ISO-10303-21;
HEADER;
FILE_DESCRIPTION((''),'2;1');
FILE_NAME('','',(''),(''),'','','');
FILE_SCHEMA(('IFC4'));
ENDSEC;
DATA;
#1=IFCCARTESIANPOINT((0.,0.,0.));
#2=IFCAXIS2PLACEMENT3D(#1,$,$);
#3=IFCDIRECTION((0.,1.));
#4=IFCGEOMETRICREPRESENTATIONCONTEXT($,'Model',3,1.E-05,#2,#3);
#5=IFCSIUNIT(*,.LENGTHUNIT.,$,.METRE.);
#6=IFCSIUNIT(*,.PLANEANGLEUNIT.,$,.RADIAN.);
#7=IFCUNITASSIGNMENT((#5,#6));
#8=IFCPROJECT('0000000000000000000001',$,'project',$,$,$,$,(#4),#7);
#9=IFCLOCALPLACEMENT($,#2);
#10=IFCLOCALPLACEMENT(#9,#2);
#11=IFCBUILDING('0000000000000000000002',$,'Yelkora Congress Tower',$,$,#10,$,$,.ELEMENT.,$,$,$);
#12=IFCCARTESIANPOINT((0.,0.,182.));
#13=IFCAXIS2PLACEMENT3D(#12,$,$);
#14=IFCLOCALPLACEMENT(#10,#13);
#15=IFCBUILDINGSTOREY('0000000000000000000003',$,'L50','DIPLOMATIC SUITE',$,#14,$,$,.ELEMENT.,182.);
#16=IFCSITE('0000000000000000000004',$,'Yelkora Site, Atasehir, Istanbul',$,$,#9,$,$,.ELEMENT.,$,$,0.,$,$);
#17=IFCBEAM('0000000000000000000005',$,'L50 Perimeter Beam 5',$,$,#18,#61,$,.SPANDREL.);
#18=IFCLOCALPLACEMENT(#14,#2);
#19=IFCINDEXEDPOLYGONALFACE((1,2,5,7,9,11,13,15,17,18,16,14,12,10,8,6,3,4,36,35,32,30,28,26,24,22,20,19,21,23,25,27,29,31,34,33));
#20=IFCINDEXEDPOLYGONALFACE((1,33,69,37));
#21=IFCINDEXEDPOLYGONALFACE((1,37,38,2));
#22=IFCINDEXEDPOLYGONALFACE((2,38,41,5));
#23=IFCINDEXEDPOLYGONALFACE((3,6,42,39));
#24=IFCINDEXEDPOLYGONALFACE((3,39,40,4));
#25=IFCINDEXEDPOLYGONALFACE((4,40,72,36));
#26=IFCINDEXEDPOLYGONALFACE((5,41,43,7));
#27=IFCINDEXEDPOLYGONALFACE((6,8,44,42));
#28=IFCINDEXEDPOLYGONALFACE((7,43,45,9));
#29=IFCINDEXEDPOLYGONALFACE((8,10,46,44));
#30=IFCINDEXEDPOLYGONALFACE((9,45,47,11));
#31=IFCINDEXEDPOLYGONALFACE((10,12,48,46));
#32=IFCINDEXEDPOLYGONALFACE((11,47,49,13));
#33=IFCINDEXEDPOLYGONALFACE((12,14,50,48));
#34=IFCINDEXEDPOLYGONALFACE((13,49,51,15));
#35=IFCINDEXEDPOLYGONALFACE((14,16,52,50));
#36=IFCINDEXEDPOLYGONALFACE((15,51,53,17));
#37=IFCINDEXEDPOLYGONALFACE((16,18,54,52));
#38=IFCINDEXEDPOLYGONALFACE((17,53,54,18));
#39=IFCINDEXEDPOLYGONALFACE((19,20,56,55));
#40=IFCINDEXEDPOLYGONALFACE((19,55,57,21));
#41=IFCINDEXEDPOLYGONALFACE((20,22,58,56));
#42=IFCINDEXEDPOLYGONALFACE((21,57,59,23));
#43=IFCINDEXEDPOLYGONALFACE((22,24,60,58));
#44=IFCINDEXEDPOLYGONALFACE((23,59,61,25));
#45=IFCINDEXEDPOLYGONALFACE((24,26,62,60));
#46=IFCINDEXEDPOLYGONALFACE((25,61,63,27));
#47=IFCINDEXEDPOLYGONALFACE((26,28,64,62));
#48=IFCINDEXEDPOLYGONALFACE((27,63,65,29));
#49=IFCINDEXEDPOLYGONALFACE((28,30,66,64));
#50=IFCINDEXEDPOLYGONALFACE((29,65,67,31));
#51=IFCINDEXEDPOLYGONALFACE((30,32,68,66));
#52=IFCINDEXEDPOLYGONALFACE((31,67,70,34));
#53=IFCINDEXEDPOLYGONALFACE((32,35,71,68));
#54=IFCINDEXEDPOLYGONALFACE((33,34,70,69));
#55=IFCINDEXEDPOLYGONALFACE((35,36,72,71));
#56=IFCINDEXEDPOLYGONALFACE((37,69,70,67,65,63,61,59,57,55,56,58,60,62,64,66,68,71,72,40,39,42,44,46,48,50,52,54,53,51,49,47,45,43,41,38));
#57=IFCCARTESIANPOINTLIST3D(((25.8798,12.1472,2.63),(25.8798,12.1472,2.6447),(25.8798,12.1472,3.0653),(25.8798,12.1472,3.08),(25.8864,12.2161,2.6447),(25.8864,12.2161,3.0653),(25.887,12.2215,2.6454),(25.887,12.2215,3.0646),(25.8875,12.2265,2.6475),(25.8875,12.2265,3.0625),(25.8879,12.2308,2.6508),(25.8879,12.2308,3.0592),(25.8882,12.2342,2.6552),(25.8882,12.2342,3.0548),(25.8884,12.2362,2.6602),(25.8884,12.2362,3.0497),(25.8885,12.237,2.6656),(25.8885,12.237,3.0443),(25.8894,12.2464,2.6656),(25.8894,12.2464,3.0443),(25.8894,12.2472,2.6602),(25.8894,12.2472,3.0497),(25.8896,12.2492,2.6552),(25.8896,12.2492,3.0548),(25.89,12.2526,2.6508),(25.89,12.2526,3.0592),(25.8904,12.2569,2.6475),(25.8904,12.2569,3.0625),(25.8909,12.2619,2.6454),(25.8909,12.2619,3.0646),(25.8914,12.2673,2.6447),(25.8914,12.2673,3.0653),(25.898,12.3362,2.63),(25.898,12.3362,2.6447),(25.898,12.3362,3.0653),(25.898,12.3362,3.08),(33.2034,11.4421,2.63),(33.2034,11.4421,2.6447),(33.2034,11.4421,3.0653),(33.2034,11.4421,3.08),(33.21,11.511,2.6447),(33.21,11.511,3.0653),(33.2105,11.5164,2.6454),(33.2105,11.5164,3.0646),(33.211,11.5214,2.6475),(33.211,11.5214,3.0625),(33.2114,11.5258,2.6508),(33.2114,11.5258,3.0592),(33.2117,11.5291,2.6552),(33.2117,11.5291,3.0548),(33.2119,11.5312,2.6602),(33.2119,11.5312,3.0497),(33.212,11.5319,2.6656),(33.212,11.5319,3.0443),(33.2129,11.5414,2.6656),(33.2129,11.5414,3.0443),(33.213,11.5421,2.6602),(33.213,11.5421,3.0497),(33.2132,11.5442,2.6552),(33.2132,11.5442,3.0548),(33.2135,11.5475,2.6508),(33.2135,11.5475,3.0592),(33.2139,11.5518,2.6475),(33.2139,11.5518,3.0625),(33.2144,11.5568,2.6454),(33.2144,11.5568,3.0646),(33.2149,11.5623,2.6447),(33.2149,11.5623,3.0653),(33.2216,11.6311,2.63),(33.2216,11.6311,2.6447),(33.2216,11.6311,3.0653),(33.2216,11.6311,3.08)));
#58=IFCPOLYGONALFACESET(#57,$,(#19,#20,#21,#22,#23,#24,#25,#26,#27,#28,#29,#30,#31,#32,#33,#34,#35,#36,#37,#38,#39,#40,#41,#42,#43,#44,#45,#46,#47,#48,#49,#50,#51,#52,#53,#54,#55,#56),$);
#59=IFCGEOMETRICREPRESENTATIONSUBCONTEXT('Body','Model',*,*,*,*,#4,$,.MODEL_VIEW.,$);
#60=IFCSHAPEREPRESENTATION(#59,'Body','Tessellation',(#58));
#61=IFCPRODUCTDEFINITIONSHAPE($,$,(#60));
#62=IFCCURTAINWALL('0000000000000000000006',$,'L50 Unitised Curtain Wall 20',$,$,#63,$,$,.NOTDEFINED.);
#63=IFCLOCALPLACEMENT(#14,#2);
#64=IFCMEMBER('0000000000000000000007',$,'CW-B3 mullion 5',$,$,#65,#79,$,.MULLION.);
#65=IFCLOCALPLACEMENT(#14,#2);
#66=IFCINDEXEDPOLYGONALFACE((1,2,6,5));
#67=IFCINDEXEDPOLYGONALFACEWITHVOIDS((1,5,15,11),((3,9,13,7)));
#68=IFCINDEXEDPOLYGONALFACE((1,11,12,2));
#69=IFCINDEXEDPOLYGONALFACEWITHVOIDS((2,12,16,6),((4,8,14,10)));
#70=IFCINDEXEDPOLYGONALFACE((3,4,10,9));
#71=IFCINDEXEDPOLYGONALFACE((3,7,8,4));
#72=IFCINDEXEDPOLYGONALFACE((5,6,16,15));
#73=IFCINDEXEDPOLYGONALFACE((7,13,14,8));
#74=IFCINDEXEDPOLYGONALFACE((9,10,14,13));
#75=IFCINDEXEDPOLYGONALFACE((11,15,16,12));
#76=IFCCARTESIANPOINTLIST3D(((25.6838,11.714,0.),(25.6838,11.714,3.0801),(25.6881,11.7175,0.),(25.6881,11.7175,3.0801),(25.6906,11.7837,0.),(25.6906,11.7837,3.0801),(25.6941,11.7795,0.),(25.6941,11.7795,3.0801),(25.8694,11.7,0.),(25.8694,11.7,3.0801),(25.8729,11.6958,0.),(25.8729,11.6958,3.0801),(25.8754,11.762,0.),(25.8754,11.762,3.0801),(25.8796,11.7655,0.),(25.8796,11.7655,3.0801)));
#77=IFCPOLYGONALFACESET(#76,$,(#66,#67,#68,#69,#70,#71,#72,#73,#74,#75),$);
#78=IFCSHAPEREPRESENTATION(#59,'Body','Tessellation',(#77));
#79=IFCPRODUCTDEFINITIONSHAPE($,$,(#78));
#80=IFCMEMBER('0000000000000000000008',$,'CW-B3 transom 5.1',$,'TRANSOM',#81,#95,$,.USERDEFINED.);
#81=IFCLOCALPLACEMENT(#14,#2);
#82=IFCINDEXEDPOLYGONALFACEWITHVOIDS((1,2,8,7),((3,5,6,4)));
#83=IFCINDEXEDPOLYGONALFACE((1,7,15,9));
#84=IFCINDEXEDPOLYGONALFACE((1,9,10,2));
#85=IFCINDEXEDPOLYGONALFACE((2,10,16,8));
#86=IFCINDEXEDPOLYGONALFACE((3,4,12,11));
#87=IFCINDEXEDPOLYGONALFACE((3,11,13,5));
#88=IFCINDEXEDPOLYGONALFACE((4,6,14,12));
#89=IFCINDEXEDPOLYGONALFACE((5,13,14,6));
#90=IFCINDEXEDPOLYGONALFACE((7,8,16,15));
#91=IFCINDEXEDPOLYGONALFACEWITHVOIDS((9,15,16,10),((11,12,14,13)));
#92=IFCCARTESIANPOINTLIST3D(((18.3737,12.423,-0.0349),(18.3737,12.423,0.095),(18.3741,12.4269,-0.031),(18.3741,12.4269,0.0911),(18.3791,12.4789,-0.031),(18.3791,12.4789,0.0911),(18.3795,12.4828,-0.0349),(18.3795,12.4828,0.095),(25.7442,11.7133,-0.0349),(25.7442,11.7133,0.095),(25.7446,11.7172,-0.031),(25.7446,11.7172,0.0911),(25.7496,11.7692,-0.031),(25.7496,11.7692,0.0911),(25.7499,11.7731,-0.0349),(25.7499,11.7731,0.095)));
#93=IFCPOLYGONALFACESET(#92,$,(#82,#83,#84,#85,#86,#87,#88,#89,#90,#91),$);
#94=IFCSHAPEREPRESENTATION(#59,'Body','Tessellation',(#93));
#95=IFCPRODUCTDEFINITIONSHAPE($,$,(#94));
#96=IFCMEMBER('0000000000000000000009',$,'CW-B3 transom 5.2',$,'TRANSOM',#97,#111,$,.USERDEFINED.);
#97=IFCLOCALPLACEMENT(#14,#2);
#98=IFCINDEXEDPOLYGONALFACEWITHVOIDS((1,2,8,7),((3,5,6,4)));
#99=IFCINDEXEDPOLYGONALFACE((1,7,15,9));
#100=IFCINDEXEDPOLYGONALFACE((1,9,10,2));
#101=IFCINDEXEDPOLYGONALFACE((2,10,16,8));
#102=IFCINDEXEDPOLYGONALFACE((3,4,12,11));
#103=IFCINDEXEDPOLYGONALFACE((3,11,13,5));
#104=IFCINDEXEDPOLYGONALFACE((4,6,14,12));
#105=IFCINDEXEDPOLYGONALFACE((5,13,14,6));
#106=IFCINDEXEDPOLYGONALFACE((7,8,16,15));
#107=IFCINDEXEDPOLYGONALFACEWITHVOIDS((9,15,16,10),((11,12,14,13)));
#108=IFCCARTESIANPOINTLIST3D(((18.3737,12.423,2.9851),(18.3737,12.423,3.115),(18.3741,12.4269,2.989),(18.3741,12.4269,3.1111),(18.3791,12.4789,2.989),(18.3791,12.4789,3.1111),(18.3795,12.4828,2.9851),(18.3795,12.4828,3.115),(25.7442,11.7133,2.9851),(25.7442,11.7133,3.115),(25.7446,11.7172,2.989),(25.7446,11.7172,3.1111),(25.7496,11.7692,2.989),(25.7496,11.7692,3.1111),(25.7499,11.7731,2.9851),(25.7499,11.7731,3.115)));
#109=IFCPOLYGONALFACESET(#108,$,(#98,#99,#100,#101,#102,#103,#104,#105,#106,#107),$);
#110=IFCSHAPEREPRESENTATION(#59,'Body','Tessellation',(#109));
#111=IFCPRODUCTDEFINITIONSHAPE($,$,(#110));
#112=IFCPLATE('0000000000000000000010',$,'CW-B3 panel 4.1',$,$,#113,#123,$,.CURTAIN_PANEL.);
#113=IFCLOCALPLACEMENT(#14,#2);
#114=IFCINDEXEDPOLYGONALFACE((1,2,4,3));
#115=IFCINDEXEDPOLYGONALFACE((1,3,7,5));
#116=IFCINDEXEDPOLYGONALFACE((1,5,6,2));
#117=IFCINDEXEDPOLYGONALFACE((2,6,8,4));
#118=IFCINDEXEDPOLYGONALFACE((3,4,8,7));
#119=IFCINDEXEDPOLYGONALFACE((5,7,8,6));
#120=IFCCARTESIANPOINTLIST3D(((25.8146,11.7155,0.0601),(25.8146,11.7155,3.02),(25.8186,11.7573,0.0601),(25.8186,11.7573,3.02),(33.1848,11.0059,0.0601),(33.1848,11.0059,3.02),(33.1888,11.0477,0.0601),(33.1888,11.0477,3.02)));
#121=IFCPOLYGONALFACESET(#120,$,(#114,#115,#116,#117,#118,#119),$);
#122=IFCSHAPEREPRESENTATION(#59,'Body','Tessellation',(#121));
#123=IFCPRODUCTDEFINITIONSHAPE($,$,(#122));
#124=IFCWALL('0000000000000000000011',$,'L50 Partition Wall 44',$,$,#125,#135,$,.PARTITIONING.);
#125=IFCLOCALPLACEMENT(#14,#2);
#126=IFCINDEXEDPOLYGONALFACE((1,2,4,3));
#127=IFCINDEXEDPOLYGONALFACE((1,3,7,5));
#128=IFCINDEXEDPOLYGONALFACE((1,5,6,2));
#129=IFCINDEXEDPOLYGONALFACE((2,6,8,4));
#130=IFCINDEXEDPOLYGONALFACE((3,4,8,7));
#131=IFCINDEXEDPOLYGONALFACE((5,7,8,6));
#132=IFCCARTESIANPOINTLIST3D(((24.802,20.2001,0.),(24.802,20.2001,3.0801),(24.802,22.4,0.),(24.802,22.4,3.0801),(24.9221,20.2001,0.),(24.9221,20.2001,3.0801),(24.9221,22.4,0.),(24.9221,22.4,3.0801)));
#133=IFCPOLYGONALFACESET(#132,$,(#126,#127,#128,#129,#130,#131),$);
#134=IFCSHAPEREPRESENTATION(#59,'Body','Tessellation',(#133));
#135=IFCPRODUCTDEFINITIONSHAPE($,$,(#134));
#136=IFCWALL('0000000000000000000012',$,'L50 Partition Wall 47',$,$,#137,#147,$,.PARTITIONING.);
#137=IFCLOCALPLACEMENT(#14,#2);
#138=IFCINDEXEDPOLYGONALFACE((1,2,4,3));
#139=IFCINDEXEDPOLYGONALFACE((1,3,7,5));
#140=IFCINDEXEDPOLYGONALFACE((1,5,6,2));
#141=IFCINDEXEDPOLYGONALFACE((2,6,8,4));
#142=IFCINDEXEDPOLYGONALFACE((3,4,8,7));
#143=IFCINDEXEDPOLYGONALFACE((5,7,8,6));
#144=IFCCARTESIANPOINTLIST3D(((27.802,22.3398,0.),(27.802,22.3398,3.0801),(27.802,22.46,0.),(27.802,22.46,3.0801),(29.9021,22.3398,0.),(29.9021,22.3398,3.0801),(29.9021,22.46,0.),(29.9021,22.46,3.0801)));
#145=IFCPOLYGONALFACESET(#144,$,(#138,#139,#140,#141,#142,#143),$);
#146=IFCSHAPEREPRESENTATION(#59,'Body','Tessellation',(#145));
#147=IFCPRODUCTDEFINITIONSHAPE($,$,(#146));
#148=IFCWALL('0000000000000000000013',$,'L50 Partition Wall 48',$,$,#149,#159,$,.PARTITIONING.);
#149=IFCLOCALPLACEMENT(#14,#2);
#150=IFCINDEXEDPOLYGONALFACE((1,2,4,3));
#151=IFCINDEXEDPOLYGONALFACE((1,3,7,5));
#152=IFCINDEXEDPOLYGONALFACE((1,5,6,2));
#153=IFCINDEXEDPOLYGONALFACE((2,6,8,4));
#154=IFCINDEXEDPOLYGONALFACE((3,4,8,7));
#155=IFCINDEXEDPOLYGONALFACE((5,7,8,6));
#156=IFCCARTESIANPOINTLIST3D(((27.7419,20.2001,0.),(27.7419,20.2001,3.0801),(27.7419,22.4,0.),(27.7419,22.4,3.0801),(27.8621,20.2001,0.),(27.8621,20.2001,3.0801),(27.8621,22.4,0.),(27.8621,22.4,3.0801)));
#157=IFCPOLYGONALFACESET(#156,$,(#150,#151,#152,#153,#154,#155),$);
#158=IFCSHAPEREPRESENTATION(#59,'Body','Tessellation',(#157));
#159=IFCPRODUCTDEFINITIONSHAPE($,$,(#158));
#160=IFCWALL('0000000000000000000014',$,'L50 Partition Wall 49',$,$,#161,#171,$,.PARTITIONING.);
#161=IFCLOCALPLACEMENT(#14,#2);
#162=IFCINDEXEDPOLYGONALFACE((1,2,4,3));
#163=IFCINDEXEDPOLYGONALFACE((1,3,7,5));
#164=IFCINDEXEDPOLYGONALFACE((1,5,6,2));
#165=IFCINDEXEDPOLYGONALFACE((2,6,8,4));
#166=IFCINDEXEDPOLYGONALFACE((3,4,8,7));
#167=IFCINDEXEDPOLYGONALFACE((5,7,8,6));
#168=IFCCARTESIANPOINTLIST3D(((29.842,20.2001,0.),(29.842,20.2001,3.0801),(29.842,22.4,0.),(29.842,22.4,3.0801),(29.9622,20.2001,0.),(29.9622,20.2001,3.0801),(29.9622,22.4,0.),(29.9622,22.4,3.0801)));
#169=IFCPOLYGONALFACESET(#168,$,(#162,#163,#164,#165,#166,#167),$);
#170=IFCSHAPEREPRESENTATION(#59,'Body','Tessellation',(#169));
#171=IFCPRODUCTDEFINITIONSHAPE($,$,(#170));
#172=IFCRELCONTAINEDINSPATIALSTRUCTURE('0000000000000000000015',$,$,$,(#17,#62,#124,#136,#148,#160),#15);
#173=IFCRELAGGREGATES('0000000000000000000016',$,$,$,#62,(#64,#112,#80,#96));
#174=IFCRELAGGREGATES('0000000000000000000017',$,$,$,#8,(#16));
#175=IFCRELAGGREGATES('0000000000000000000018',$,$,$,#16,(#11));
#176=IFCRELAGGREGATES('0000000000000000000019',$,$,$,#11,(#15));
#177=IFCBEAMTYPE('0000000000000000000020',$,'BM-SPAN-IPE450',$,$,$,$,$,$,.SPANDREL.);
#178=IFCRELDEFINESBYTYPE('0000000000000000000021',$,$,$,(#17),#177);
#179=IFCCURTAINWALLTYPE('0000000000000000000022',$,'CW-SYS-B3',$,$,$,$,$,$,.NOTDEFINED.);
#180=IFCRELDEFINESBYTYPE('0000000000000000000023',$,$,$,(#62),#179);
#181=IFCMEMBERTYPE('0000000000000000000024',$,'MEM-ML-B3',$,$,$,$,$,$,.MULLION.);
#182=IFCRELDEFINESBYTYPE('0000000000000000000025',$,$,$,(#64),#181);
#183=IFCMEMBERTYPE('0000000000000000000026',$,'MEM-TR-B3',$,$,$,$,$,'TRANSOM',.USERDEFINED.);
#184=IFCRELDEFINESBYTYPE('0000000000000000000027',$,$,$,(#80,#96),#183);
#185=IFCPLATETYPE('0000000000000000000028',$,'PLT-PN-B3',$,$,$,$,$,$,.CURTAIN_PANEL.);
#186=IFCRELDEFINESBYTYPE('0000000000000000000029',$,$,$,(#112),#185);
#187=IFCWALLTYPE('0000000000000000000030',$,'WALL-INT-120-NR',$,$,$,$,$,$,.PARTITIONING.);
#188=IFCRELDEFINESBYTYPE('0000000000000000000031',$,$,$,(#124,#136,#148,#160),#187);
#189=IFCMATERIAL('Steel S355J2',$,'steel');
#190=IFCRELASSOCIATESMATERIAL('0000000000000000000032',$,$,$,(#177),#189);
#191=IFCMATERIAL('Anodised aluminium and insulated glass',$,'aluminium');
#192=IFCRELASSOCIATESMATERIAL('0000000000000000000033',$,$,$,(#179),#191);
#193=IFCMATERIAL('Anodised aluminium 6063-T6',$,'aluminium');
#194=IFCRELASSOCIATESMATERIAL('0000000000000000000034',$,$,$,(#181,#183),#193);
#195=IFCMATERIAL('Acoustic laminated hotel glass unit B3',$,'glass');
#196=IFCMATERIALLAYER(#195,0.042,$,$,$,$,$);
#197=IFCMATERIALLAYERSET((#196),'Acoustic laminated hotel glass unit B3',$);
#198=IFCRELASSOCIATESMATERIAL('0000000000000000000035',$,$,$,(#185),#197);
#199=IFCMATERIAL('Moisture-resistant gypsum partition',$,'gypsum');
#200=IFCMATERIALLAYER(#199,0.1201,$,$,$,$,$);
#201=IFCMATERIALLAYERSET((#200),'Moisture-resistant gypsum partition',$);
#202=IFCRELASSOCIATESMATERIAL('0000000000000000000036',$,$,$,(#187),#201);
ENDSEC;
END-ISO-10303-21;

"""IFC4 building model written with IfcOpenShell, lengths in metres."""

from ifc_helpers import new_model, si_unit, direction, frame, frame_2d, origin, origin_2d, place, context, subcontext, project, spatial, rectangle, hollow_rectangle, i_section, extrude, material, layer, layer_set, material_profile, profile_set, type_object, element, aggregate, save


model = new_model("IFC4")

# Units and contexts
model_context = context("Model", 3, precision=1e-05, world=origin(), true_north=direction((0.0, 1.0)))
body_context = subcontext(model_context, "Body", "Model", "MODEL_VIEW")
ifc_project = project(units=[si_unit("LENGTHUNIT", "METRE"), si_unit("PLANEANGLEUNIT", "RADIAN")], contexts=[model_context])

# Site, building, storey
site_placement = place(None, origin())
site = spatial("IfcSite", under=ifc_project, at=site_placement, Name="Yelkora Site, Atasehir, Istanbul", CompositionType="ELEMENT", RefElevation=0.0)
building_placement = place(site_placement, origin())
building = spatial("IfcBuilding", under=site, at=building_placement, Name="Yelkora Congress Tower", CompositionType="ELEMENT")
storey_placement = place(building_placement, frame((0.0, 0.0, 182.0)))
storey = spatial("IfcBuildingStorey", under=building, at=storey_placement, Name="L50", Description="DIPLOMATIC SUITE", CompositionType="ELEMENT", Elevation=182.0)

# Beam
ifc_material_1 = material(Name="Steel S355J2", Category="steel")
ifc_material_profile_1 = material_profile(ifc_material_1, i_section(OverallWidth=0.1899, OverallDepth=0.45, WebThickness=0.0095, FlangeThickness=0.0146, FilletRadius=0.021, at=origin_2d()), Name="IPE 450")
ifc_profile_set_1 = profile_set([ifc_material_profile_1], Name="Steel S355J2")
beam_type_1 = type_object("IfcBeamType", Name="BM-SPAN-IPE450", PredefinedType="SPANDREL", material=ifc_profile_set_1)
beam_1_placement = place(storey_placement, frame((25.8889, 12.2417, 2.855), z_axis=(0.995397, -0.095833, 0.0), x_axis=(0.095833, 0.995397, 0.0)))
element("IfcBeam", 1, at=beam_1_placement, inside=storey, type_object=beam_type_1, Name="L50 Perimeter Beam 5", PredefinedType="SPANDREL", context=body_context, shape_type="SweptSolid", body=[
    extrude(i_section(OverallWidth=0.1899, OverallDepth=0.45, WebThickness=0.0095, FlangeThickness=0.0146, FilletRadius=0.021, at=origin_2d()), origin(), (0.0, 0.0, 1.0), 7.3574),
])

# Curtain wall, members, plate
ifc_material_2 = material(Name="Anodised aluminium and insulated glass", Category="aluminium")
curtain_wall_type = type_object("IfcCurtainWallType", Name="CW-SYS-B3", PredefinedType="NOTDEFINED", material=ifc_material_2)
curtain_wall_placement = place(storey_placement, origin())
curtain_wall = element("IfcCurtainWall", 2, at=curtain_wall_placement, inside=storey, type_object=curtain_wall_type, Name="L50 Unitised Curtain Wall 20", PredefinedType="NOTDEFINED")
ifc_material_3 = material(Name="Anodised aluminium 6063-T6", Category="aluminium")
ifc_material_profile_2 = material_profile(ifc_material_3, hollow_rectangle(XDim=0.0701, YDim=0.1899, WallThickness=0.0039, at=origin_2d()), Name="ALU 70x190x4")
ifc_profile_set_2 = profile_set([ifc_material_profile_2], Name="Anodised aluminium 6063-T6")
member_type_1 = type_object("IfcMemberType", Name="MEM-ML-B3", PredefinedType="MULLION", material=ifc_profile_set_2)
member_1_placement = place(storey_placement, frame((25.7817, 11.7397, 0.0), z_axis=(0.0, 0.0, 1.0), x_axis=(-0.095845, -0.995396, 0.0)))
member_1 = element("IfcMember", 3, at=member_1_placement, type_object=member_type_1, Name="CW-B3 mullion 5", PredefinedType="MULLION", context=body_context, shape_type="SweptSolid", body=[
    extrude(hollow_rectangle(XDim=0.0701, YDim=0.1899, WallThickness=0.0039, at=origin_2d()), origin(), (0.0, 0.0, 1.0), 3.0801),
])
ifc_material_profile_3 = material_profile(ifc_material_3, hollow_rectangle(XDim=0.0601, YDim=0.1299, WallThickness=0.0039, at=origin_2d()), Name="ALU 60x130x4")
ifc_profile_set_3 = profile_set([ifc_material_profile_3], Name="Anodised aluminium 6063-T6")
member_type_2 = type_object("IfcMemberType", Name="MEM-TR-B3", ElementType="TRANSOM", PredefinedType="USERDEFINED", material=ifc_profile_set_3)
member_2_placement = place(storey_placement, frame((25.7471, 11.7432, 0.03), z_axis=(-0.995396, 0.09585, 0.0), x_axis=(-0.09585, -0.995396, 0.0)))
member_2 = element("IfcMember", 4, at=member_2_placement, type_object=member_type_2, Name="CW-B3 transom 5.1", ObjectType="TRANSOM", PredefinedType="USERDEFINED", context=body_context, shape_type="SweptSolid", body=[
    extrude(hollow_rectangle(XDim=0.0601, YDim=0.1299, WallThickness=0.0039, at=origin_2d()), origin(), (0.0, 0.0, 1.0), 7.4045),
])
member_3_placement = place(storey_placement, frame((25.7471, 11.7432, 3.05), z_axis=(-0.995396, 0.09585, 0.0), x_axis=(-0.09585, -0.995396, 0.0)))
member_3 = element("IfcMember", 5, at=member_3_placement, type_object=member_type_2, Name="CW-B3 transom 5.2", ObjectType="TRANSOM", PredefinedType="USERDEFINED", context=body_context, shape_type="SweptSolid", body=[
    extrude(hollow_rectangle(XDim=0.0601, YDim=0.1299, WallThickness=0.0039, at=origin_2d()), origin(), (0.0, 0.0, 1.0), 7.4045),
])
ifc_material_4 = material(Name="Acoustic laminated hotel glass unit B3", Category="glass")
ifc_layer_1 = layer(ifc_material_4, 0.042)
ifc_layer_set_1 = layer_set([ifc_layer_1], Name="Acoustic laminated hotel glass unit B3")
plate_type = type_object("IfcPlateType", Name="PLT-PN-B3", PredefinedType="CURTAIN_PANEL", material=ifc_layer_set_1)
plate_placement = place(storey_placement, frame((29.5017, 11.3816, 0.0601), z_axis=(0.0, 0.0, 1.0), x_axis=(-0.995396, 0.095845, 0.0)))
plate = element("IfcPlate", 6, at=plate_placement, type_object=plate_type, Name="CW-B3 panel 4.1", PredefinedType="CURTAIN_PANEL", context=body_context, shape_type="SweptSolid", body=[
    extrude(rectangle(XDim=7.4043, YDim=0.042, at=origin_2d()), origin(), (0.0, 0.0, 1.0), 2.96),
])
aggregate(curtain_wall, [member_1, plate, member_2, member_3])

# Walls
ifc_material_5 = material(Name="Moisture-resistant gypsum partition", Category="gypsum")
ifc_layer_2 = layer(ifc_material_5, 0.1201)
ifc_layer_set_2 = layer_set([ifc_layer_2], Name="Moisture-resistant gypsum partition")
wall_type_1 = type_object("IfcWallType", Name="WALL-INT-120-NR", PredefinedType="PARTITIONING", material=ifc_layer_set_2)
wall_1_placement = place(storey_placement, frame((24.8621, 20.2, 0.0), z_axis=(0.0, 0.0, 1.0), x_axis=(0.0, 1.0, 0.0)))
element("IfcWall", 7, at=wall_1_placement, inside=storey, type_object=wall_type_1, Name="L50 Partition Wall 44", PredefinedType="PARTITIONING", context=body_context, shape_type="SweptSolid", body=[
    extrude(rectangle(XDim=2.2, YDim=0.1201, at=frame_2d((1.1001, 0.0))), origin(), (0.0, 0.0, 1.0), 3.0801),
])
wall_2_placement = place(storey_placement, frame((27.802, 22.3999, 0.0), z_axis=(0.0, 0.0, 1.0), x_axis=(1.0, 0.0, 0.0)))
element("IfcWall", 8, at=wall_2_placement, inside=storey, type_object=wall_type_1, Name="L50 Partition Wall 47", PredefinedType="PARTITIONING", context=body_context, shape_type="SweptSolid", body=[
    extrude(rectangle(XDim=2.1001, YDim=0.1201, at=frame_2d((1.05, 0.0))), origin(), (0.0, 0.0, 1.0), 3.0801),
])
for number, where, z_axis, x_axis, name in (
    (9, (27.802, 20.2, 0.0), (0.0, 0.0, 1.0), (0.0, 1.0, 0.0), "L50 Partition Wall 48"),
    (10, (29.9021, 20.2, 0.0), (0.0, 0.0, 1.0), (0.0, 1.0, 0.0), "L50 Partition Wall 49"),
):
    element("IfcWall", number, at=place(storey_placement, frame(where, z_axis=z_axis, x_axis=x_axis)), inside=storey, type_object=wall_type_1, Name=name, PredefinedType="PARTITIONING", context=body_context, shape_type="SweptSolid", body=[
        extrude(rectangle(XDim=2.2, YDim=0.1201, at=frame_2d((1.1001, 0.0))), origin(), (0.0, 0.0, 1.0), 3.0801),
    ])

save(model, "model.ifc")
